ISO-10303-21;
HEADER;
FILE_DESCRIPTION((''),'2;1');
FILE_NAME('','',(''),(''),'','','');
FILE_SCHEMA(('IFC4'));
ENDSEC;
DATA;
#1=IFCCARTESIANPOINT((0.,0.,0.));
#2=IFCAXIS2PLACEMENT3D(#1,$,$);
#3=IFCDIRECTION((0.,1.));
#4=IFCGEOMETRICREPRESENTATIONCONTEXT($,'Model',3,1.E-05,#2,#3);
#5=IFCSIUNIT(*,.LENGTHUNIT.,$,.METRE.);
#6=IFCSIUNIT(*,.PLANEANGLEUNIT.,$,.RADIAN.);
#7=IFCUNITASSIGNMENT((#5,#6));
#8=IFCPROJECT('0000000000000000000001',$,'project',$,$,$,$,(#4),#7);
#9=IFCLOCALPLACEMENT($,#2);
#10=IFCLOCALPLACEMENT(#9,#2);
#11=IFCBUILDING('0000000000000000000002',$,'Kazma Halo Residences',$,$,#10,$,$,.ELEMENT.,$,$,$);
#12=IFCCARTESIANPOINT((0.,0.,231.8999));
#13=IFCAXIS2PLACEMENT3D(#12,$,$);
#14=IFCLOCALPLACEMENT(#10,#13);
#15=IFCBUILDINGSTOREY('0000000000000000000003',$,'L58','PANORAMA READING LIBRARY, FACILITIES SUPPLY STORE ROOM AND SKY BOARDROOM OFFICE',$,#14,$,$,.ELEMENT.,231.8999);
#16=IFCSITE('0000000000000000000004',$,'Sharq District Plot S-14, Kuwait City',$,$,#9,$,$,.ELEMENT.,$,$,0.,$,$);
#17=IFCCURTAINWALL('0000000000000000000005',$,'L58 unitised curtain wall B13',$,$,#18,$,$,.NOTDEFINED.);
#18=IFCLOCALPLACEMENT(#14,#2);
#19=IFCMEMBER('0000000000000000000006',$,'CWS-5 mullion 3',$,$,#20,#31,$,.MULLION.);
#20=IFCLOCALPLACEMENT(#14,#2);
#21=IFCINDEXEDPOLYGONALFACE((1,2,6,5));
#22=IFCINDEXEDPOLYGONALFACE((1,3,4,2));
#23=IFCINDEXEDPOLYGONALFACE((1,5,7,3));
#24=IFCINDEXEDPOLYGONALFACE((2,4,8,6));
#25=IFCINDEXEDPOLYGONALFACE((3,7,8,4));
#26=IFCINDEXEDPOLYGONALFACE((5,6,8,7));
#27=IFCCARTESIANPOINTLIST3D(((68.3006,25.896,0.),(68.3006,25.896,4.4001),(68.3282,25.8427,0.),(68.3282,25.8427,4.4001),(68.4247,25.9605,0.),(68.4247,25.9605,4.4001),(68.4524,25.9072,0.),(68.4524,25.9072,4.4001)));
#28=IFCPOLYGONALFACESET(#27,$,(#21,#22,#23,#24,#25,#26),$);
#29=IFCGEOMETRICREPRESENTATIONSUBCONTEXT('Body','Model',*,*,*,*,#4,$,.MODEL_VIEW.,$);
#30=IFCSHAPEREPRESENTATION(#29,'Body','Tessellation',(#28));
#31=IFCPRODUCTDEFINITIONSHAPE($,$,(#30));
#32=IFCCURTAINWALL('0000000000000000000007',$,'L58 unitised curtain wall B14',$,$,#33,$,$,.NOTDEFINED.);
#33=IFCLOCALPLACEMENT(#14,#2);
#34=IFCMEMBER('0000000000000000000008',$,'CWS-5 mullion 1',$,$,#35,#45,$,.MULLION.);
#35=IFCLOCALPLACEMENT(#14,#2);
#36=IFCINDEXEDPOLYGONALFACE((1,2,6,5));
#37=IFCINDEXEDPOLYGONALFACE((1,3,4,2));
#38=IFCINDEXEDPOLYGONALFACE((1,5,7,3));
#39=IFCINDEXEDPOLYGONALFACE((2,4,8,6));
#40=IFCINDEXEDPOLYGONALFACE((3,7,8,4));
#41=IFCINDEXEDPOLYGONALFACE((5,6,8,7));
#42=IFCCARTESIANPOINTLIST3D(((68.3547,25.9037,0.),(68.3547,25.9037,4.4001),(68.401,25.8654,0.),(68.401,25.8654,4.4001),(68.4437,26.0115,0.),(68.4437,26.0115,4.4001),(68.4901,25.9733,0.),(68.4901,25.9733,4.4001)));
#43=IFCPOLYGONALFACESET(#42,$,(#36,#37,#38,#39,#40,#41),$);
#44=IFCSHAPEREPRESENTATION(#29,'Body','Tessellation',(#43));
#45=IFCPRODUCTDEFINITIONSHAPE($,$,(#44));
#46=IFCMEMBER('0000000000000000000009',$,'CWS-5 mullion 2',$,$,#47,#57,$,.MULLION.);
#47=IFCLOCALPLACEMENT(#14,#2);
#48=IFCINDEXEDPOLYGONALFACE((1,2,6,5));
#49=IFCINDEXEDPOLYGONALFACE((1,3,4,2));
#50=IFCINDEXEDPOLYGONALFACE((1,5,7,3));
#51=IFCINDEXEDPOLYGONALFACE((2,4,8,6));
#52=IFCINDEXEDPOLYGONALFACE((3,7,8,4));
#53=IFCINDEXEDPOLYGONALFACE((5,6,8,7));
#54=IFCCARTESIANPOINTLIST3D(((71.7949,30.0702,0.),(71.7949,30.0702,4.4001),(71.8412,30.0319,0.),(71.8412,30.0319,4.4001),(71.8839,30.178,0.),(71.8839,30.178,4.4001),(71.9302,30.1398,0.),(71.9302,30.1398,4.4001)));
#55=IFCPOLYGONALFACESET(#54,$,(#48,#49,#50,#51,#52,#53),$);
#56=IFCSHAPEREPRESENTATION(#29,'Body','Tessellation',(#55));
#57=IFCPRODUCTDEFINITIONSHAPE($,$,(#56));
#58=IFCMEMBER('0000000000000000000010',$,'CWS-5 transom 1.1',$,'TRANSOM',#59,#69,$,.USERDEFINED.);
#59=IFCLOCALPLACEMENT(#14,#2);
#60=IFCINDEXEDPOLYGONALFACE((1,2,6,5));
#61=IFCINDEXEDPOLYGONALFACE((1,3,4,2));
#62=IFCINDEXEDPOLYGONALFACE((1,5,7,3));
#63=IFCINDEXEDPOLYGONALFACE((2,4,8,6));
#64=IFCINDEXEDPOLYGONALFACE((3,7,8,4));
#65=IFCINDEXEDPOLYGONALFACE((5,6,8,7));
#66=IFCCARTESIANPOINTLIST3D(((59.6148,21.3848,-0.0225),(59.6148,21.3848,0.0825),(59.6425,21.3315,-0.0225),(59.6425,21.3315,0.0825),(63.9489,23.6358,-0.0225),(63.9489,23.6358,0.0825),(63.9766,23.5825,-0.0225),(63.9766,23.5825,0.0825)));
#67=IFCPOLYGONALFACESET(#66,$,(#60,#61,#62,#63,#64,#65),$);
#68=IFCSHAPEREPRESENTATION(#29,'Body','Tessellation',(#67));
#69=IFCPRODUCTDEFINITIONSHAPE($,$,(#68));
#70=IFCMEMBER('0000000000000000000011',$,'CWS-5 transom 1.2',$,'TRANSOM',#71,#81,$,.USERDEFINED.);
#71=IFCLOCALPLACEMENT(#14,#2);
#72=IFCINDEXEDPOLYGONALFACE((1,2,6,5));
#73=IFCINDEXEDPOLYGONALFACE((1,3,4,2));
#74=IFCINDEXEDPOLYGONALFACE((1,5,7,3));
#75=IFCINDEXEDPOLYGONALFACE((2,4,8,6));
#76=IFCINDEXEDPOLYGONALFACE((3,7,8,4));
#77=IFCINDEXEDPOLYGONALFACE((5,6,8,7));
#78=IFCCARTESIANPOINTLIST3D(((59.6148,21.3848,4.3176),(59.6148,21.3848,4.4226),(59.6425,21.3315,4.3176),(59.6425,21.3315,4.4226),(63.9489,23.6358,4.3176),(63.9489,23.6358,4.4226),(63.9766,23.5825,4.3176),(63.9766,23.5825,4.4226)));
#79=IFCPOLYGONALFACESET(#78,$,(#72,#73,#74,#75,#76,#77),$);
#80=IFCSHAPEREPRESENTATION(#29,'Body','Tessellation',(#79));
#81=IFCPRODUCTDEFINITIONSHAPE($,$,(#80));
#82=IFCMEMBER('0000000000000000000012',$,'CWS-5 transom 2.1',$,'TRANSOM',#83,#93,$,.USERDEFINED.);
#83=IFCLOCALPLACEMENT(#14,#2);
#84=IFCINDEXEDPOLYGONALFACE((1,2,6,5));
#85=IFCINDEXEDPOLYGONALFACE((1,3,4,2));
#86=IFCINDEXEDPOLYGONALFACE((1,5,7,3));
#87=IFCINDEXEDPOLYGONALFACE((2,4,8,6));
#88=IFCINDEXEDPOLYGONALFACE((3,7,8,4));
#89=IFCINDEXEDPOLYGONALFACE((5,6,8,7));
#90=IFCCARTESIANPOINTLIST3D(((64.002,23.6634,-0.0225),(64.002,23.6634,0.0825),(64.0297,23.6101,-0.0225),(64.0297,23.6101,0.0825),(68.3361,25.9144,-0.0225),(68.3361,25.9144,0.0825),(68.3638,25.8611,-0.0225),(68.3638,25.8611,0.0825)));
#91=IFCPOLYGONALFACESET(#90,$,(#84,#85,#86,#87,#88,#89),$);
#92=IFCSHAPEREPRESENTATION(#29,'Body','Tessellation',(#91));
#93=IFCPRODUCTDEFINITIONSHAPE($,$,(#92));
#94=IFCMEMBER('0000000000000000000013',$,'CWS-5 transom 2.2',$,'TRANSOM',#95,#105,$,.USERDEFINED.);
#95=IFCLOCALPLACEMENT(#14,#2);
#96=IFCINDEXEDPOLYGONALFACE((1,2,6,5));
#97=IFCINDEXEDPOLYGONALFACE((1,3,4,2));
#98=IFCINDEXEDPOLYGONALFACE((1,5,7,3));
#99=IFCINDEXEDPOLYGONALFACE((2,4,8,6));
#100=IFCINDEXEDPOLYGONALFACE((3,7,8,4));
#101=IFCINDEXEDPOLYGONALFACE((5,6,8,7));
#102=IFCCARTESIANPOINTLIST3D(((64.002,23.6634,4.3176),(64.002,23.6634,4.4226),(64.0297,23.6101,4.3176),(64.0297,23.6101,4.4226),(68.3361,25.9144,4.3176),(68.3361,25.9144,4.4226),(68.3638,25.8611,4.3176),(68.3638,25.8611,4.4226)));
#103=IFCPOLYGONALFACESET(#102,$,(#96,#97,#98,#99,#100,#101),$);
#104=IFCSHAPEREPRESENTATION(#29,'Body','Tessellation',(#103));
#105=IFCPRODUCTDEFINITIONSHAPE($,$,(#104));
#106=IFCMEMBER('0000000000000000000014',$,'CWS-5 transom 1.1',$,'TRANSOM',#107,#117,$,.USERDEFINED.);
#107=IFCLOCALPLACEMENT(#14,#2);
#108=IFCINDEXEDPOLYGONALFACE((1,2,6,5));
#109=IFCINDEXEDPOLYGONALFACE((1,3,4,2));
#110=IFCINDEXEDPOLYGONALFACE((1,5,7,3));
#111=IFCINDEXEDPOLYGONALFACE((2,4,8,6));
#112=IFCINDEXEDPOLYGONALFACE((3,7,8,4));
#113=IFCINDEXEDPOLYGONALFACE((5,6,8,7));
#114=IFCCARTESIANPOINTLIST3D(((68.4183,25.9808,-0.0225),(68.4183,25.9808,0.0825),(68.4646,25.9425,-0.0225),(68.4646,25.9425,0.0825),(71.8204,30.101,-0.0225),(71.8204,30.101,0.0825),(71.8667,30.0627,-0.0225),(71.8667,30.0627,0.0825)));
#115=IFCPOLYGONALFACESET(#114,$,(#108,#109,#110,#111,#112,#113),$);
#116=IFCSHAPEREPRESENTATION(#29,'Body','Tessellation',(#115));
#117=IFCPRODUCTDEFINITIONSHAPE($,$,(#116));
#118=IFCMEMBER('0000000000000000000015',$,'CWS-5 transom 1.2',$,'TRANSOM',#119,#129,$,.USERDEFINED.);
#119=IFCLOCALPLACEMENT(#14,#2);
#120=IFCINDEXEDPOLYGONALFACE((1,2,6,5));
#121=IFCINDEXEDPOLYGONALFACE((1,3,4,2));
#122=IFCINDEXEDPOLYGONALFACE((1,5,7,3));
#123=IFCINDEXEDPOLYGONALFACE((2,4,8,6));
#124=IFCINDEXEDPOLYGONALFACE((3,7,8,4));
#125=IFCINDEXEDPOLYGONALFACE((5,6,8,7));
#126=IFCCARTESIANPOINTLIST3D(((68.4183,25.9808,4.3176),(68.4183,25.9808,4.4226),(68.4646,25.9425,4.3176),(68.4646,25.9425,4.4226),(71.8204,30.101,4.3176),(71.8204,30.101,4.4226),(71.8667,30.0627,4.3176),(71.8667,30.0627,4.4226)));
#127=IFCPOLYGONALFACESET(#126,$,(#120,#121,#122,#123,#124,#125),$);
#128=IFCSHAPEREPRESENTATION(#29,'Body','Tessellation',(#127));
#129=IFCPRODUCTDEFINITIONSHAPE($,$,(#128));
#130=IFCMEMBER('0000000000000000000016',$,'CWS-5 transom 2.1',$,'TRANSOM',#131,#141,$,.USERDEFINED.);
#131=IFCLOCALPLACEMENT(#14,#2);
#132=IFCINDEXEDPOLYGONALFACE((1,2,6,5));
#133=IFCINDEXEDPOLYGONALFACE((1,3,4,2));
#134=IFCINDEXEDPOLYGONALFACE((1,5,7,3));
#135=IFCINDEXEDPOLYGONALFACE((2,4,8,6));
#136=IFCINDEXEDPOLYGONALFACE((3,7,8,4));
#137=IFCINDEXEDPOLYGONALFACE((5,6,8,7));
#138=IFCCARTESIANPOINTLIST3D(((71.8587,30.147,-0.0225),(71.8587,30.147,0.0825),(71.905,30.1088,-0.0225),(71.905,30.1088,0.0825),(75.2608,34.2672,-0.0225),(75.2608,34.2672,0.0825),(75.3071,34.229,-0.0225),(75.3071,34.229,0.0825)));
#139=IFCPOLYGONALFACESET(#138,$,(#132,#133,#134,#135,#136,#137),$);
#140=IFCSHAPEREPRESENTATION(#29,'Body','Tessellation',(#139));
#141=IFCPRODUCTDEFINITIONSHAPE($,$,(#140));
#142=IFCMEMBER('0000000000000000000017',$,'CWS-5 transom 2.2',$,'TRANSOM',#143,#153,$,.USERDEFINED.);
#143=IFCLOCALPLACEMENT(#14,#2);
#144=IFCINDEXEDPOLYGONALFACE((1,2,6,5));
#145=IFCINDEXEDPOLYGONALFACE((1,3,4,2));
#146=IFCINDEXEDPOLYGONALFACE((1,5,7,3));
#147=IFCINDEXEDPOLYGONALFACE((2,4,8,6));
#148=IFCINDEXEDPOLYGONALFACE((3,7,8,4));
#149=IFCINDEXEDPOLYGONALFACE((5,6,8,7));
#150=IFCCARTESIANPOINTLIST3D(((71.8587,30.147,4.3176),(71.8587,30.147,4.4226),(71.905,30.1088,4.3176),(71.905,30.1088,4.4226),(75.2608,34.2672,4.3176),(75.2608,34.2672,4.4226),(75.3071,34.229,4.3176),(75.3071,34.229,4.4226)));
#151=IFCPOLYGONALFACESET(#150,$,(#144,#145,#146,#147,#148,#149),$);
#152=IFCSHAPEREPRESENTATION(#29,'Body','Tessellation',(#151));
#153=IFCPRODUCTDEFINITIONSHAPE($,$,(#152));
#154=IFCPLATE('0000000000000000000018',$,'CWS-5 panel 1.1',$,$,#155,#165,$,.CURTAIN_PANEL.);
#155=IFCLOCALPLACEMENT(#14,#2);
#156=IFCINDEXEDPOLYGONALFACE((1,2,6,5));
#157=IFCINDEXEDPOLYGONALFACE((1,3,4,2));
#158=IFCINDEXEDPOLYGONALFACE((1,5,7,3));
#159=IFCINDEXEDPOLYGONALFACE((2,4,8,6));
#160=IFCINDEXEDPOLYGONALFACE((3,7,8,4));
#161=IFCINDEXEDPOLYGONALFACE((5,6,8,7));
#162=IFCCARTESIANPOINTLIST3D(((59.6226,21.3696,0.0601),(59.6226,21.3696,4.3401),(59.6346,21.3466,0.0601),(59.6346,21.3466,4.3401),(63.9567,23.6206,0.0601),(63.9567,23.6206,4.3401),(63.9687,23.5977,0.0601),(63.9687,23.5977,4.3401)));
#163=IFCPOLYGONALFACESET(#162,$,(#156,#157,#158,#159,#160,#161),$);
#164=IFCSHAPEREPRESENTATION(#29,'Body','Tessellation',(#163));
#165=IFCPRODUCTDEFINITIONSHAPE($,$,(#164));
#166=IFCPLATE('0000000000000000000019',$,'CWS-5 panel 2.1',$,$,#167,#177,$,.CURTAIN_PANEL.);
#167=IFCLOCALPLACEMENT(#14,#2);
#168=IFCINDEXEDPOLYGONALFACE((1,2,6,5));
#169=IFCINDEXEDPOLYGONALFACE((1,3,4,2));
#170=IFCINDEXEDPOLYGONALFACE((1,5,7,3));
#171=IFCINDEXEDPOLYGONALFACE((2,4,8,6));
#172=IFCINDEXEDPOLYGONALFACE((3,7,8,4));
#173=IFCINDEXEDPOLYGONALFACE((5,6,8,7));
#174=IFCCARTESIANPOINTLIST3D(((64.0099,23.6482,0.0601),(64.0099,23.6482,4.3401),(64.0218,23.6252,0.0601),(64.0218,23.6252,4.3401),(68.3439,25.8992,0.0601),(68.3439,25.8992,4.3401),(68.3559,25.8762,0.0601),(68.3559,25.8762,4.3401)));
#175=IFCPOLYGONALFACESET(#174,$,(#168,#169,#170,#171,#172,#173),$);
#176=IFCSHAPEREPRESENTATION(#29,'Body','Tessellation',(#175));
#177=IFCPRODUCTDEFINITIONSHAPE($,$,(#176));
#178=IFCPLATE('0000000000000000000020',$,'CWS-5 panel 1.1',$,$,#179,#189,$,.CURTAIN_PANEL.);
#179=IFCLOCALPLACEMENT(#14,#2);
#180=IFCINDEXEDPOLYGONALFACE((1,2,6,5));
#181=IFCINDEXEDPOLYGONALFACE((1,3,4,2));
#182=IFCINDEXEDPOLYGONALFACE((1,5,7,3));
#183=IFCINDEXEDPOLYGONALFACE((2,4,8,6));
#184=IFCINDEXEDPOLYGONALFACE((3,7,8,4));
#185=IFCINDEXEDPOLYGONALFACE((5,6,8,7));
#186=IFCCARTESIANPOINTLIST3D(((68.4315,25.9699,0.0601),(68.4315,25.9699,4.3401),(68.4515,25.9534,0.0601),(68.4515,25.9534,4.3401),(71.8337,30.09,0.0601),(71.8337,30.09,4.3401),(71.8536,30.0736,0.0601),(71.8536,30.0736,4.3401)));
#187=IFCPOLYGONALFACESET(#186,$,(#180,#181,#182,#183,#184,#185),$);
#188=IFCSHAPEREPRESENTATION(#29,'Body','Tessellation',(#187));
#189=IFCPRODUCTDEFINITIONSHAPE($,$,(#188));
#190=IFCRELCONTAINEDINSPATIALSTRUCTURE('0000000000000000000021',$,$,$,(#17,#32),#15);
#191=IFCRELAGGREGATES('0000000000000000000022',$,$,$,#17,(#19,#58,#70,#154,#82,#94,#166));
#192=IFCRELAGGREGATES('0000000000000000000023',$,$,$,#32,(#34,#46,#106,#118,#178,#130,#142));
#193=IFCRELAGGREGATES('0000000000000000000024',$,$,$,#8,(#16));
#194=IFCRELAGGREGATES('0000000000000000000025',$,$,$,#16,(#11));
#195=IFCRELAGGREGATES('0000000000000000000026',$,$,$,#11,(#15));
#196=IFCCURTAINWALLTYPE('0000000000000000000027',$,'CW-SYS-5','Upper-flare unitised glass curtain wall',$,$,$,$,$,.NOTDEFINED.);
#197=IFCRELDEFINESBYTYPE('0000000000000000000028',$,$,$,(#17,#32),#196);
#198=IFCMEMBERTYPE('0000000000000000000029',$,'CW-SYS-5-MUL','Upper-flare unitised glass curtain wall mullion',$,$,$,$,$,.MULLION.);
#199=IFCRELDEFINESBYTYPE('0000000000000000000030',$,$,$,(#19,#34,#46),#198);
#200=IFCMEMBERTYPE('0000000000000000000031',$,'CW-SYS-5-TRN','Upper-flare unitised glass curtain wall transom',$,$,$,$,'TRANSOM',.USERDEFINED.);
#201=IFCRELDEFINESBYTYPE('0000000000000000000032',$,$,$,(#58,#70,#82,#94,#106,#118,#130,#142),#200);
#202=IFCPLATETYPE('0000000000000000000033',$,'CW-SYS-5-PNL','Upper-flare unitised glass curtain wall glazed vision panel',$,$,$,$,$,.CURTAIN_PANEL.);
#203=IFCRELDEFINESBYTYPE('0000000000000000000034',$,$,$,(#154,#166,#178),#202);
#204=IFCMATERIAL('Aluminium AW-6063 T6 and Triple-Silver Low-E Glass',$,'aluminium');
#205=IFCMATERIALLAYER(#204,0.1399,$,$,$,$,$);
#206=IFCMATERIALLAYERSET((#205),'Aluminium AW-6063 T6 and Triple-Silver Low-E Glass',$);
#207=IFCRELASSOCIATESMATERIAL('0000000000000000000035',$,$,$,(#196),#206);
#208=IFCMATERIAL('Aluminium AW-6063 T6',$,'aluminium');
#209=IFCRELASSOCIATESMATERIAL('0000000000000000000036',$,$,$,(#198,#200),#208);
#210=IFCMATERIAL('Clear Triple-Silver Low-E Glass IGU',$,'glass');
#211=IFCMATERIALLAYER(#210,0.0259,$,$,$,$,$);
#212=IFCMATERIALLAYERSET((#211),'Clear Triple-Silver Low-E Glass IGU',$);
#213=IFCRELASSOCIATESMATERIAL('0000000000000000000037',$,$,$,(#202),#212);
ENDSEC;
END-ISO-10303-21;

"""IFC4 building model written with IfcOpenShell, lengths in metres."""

from ifc_helpers import new_model, si_unit, direction, frame, origin, origin_2d, place, context, subcontext, project, spatial, rectangle, extrude, material, layer, layer_set, material_profile, profile_set, type_object, element, aggregate, save


model = new_model("IFC4")

# Units and contexts
model_context = context("Model", 3, precision=1e-05, world=origin(), true_north=direction((0.0, 1.0)))
body_context = subcontext(model_context, "Body", "Model", "MODEL_VIEW")
ifc_project = project(units=[si_unit("LENGTHUNIT", "METRE"), si_unit("PLANEANGLEUNIT", "RADIAN")], contexts=[model_context])

# Site, building, storey
site_placement = place(None, origin())
site = spatial("IfcSite", under=ifc_project, at=site_placement, Name="Sharq District Plot S-14, Kuwait City", CompositionType="ELEMENT", RefElevation=0.0)
building_placement = place(site_placement, origin())
building = spatial("IfcBuilding", under=site, at=building_placement, Name="Kazma Halo Residences", CompositionType="ELEMENT")
storey_placement = place(building_placement, frame((0.0, 0.0, 231.8999)))
storey = spatial("IfcBuildingStorey", under=building, at=storey_placement, Name="L58", Description="PANORAMA READING LIBRARY, FACILITIES SUPPLY STORE ROOM AND SKY BOARDROOM OFFICE", CompositionType="ELEMENT", Elevation=231.8999)

# Shared definitions
ifc_material_1 = material(Name="Aluminium AW-6063 T6 and Triple-Silver Low-E Glass", Category="aluminium")
ifc_layer_1 = layer(ifc_material_1, 0.1399)
ifc_layer_set_1 = layer_set([ifc_layer_1], Name="Aluminium AW-6063 T6 and Triple-Silver Low-E Glass")
curtain_wall_type = type_object("IfcCurtainWallType", Name="CW-SYS-5", Description="Upper-flare unitised glass curtain wall", PredefinedType="NOTDEFINED", material=ifc_layer_set_1)
ifc_material_2 = material(Name="Aluminium AW-6063 T6", Category="aluminium")
ifc_material_profile_1 = material_profile(ifc_material_2, rectangle(XDim=0.0601, YDim=0.1399, at=origin_2d()), Name="CWM-60x140")
ifc_profile_set_1 = profile_set([ifc_material_profile_1], Name="Aluminium AW-6063 T6")
member_type_1 = type_object("IfcMemberType", Name="CW-SYS-5-MUL", Description="Upper-flare unitised glass curtain wall mullion", PredefinedType="MULLION", material=ifc_profile_set_1)

# Curtain walls, members
curtain_wall_1_placement = place(storey_placement, origin())
curtain_wall_1 = element("IfcCurtainWall", 1, at=curtain_wall_1_placement, inside=storey, type_object=curtain_wall_type, Name="L58 unitised curtain wall B13", PredefinedType="NOTDEFINED")
member_1_placement = place(storey_placement, frame((68.3765, 25.9016, 0.0), z_axis=(0.0, 0.0, 1.0), x_axis=(-0.460917, 0.887443, 0.0)))
member_1 = element("IfcMember", 2, at=member_1_placement, type_object=member_type_1, Name="CWS-5 mullion 3", PredefinedType="MULLION", context=body_context, shape_type="SweptSolid", body=[
    extrude(rectangle(XDim=0.0601, YDim=0.1399, at=origin_2d()), origin(), (0.0, 0.0, 1.0), 4.4001),
])
curtain_wall_2_placement = place(storey_placement, origin())
curtain_wall_2 = element("IfcCurtainWall", 3, at=curtain_wall_2_placement, inside=storey, type_object=curtain_wall_type, Name="L58 unitised curtain wall B14", PredefinedType="NOTDEFINED")
member_2_placement = place(storey_placement, frame((68.4224, 25.9385, 0.0), z_axis=(0.0, 0.0, 1.0), x_axis=(-0.771092, 0.636724, 0.0)))
member_2 = element("IfcMember", 4, at=member_2_placement, type_object=member_type_1, Name="CWS-5 mullion 1", PredefinedType="MULLION", context=body_context, shape_type="SweptSolid", body=[
    extrude(rectangle(XDim=0.0601, YDim=0.1399, at=origin_2d()), origin(), (0.0, 0.0, 1.0), 4.4001),
])
member_3_placement = place(storey_placement, frame((71.8625, 30.105, 0.0), z_axis=(0.0, 0.0, 1.0), x_axis=(-0.771092, 0.636724, 0.0)))
member_3 = element("IfcMember", 5, at=member_3_placement, type_object=member_type_1, Name="CWS-5 mullion 2", PredefinedType="MULLION", context=body_context, shape_type="SweptSolid", body=[
    extrude(rectangle(XDim=0.0601, YDim=0.1399, at=origin_2d()), origin(), (0.0, 0.0, 1.0), 4.4001),
])

# Members
ifc_material_profile_2 = material_profile(ifc_material_2, rectangle(XDim=0.0601, YDim=0.105, at=origin_2d()), Name="CWT-60x105")
ifc_profile_set_2 = profile_set([ifc_material_profile_2], Name="Aluminium AW-6063 T6")
member_type_2 = type_object("IfcMemberType", Name="CW-SYS-5-TRN", Description="Upper-flare unitised glass curtain wall transom", ElementType="TRANSOM", PredefinedType="USERDEFINED", material=ifc_profile_set_2)
member_4_placement = place(storey_placement, frame((59.6287, 21.3582, 0.03), z_axis=(0.887443, 0.460918, 0.0), x_axis=(-0.460918, 0.887443, 0.0)))
member_4 = element("IfcMember", 6, at=member_4_placement, type_object=member_type_2, Name="CWS-5 transom 1.1", ObjectType="TRANSOM", PredefinedType="USERDEFINED", context=body_context, shape_type="SweptSolid", body=[
    extrude(rectangle(XDim=0.0601, YDim=0.105, at=origin_2d()), origin(), (0.0, 0.0, 1.0), 4.8838),
])
member_5_placement = place(storey_placement, frame((59.6287, 21.3582, 4.3701), z_axis=(0.887443, 0.460918, 0.0), x_axis=(-0.460918, 0.887443, 0.0)))
member_5 = element("IfcMember", 7, at=member_5_placement, type_object=member_type_2, Name="CWS-5 transom 1.2", ObjectType="TRANSOM", PredefinedType="USERDEFINED", context=body_context, shape_type="SweptSolid", body=[
    extrude(rectangle(XDim=0.0601, YDim=0.105, at=origin_2d()), origin(), (0.0, 0.0, 1.0), 4.8838),
])
member_6_placement = place(storey_placement, frame((64.0159, 23.6367, 0.03), z_axis=(0.887443, 0.460918, 0.0), x_axis=(-0.460918, 0.887443, 0.0)))
member_6 = element("IfcMember", 8, at=member_6_placement, type_object=member_type_2, Name="CWS-5 transom 2.1", ObjectType="TRANSOM", PredefinedType="USERDEFINED", context=body_context, shape_type="SweptSolid", body=[
    extrude(rectangle(XDim=0.0601, YDim=0.105, at=origin_2d()), origin(), (0.0, 0.0, 1.0), 4.8838),
])
member_7_placement = place(storey_placement, frame((64.0159, 23.6367, 4.3701), z_axis=(0.887443, 0.460918, 0.0), x_axis=(-0.460918, 0.887443, 0.0)))
member_7 = element("IfcMember", 9, at=member_7_placement, type_object=member_type_2, Name="CWS-5 transom 2.2", ObjectType="TRANSOM", PredefinedType="USERDEFINED", context=body_context, shape_type="SweptSolid", body=[
    extrude(rectangle(XDim=0.0601, YDim=0.105, at=origin_2d()), origin(), (0.0, 0.0, 1.0), 4.8838),
])
member_8_placement = place(storey_placement, frame((68.4414, 25.9617, 0.03), z_axis=(0.636717, 0.771097, 0.0), x_axis=(-0.771097, 0.636717, 0.0)))
member_8 = element("IfcMember", 10, at=member_8_placement, type_object=member_type_2, Name="CWS-5 transom 1.1", ObjectType="TRANSOM", PredefinedType="USERDEFINED", context=body_context, shape_type="SweptSolid", body=[
    extrude(rectangle(XDim=0.0601, YDim=0.105, at=origin_2d()), origin(), (0.0, 0.0, 1.0), 5.3433),
])
member_9_placement = place(storey_placement, frame((68.4414, 25.9617, 4.3701), z_axis=(0.636717, 0.771097, 0.0), x_axis=(-0.771097, 0.636717, 0.0)))
member_9 = element("IfcMember", 11, at=member_9_placement, type_object=member_type_2, Name="CWS-5 transom 1.2", ObjectType="TRANSOM", PredefinedType="USERDEFINED", context=body_context, shape_type="SweptSolid", body=[
    extrude(rectangle(XDim=0.0601, YDim=0.105, at=origin_2d()), origin(), (0.0, 0.0, 1.0), 5.3433),
])
member_10_placement = place(storey_placement, frame((71.8818, 30.1279, 0.03), z_axis=(0.636717, 0.771097, 0.0), x_axis=(-0.771097, 0.636717, 0.0)))
member_10 = element("IfcMember", 12, at=member_10_placement, type_object=member_type_2, Name="CWS-5 transom 2.1", ObjectType="TRANSOM", PredefinedType="USERDEFINED", context=body_context, shape_type="SweptSolid", body=[
    extrude(rectangle(XDim=0.0601, YDim=0.105, at=origin_2d()), origin(), (0.0, 0.0, 1.0), 5.3433),
])
member_11_placement = place(storey_placement, frame((71.8818, 30.1279, 4.3701), z_axis=(0.636717, 0.771097, 0.0), x_axis=(-0.771097, 0.636717, 0.0)))
member_11 = element("IfcMember", 13, at=member_11_placement, type_object=member_type_2, Name="CWS-5 transom 2.2", ObjectType="TRANSOM", PredefinedType="USERDEFINED", context=body_context, shape_type="SweptSolid", body=[
    extrude(rectangle(XDim=0.0601, YDim=0.105, at=origin_2d()), origin(), (0.0, 0.0, 1.0), 5.3433),
])

# Plates
ifc_material_3 = material(Name="Clear Triple-Silver Low-E Glass IGU", Category="glass")
ifc_layer_2 = layer(ifc_material_3, 0.0259)
ifc_layer_set_2 = layer_set([ifc_layer_2], Name="Clear Triple-Silver Low-E Glass IGU")
plate_type = type_object("IfcPlateType", Name="CW-SYS-5-PNL", Description="Upper-flare unitised glass curtain wall glazed vision panel", PredefinedType="CURTAIN_PANEL", material=ifc_layer_set_2)
plate_1_placement = place(storey_placement, frame((61.7957, 22.4836, 0.0601), z_axis=(0.0, 0.0, 1.0), x_axis=(0.887443, 0.460917, 0.0)))
plate_1 = element("IfcPlate", 14, at=plate_1_placement, type_object=plate_type, Name="CWS-5 panel 1.1", PredefinedType="CURTAIN_PANEL", context=body_context, shape_type="SweptSolid", body=[
    extrude(rectangle(XDim=4.8838, YDim=0.0259, at=origin_2d()), origin(), (0.0, 0.0, 1.0), 4.28),
])
plate_2_placement = place(storey_placement, frame((66.1829, 24.7622, 0.0601), z_axis=(0.0, 0.0, 1.0), x_axis=(0.887443, 0.460917, 0.0)))
plate_2 = element("IfcPlate", 15, at=plate_2_placement, type_object=plate_type, Name="CWS-5 panel 2.1", PredefinedType="CURTAIN_PANEL", context=body_context, shape_type="SweptSolid", body=[
    extrude(rectangle(XDim=4.8838, YDim=0.0259, at=origin_2d()), origin(), (0.0, 0.0, 1.0), 4.28),
])
aggregate(curtain_wall_1, [member_1, member_4, member_5, plate_1, member_6, member_7, plate_2])
plate_3_placement = place(storey_placement, frame((70.1426, 28.0217, 0.0601), z_axis=(0.0, 0.0, 1.0), x_axis=(0.636724, 0.771092, 0.0)))
plate_3 = element("IfcPlate", 16, at=plate_3_placement, type_object=plate_type, Name="CWS-5 panel 1.1", PredefinedType="CURTAIN_PANEL", context=body_context, shape_type="SweptSolid", body=[
    extrude(rectangle(XDim=5.3433, YDim=0.0259, at=origin_2d()), origin(), (0.0, 0.0, 1.0), 4.28),
])
aggregate(curtain_wall_2, [member_2, member_3, member_8, member_9, plate_3, member_10, member_11])

save(model, "model.ifc")
